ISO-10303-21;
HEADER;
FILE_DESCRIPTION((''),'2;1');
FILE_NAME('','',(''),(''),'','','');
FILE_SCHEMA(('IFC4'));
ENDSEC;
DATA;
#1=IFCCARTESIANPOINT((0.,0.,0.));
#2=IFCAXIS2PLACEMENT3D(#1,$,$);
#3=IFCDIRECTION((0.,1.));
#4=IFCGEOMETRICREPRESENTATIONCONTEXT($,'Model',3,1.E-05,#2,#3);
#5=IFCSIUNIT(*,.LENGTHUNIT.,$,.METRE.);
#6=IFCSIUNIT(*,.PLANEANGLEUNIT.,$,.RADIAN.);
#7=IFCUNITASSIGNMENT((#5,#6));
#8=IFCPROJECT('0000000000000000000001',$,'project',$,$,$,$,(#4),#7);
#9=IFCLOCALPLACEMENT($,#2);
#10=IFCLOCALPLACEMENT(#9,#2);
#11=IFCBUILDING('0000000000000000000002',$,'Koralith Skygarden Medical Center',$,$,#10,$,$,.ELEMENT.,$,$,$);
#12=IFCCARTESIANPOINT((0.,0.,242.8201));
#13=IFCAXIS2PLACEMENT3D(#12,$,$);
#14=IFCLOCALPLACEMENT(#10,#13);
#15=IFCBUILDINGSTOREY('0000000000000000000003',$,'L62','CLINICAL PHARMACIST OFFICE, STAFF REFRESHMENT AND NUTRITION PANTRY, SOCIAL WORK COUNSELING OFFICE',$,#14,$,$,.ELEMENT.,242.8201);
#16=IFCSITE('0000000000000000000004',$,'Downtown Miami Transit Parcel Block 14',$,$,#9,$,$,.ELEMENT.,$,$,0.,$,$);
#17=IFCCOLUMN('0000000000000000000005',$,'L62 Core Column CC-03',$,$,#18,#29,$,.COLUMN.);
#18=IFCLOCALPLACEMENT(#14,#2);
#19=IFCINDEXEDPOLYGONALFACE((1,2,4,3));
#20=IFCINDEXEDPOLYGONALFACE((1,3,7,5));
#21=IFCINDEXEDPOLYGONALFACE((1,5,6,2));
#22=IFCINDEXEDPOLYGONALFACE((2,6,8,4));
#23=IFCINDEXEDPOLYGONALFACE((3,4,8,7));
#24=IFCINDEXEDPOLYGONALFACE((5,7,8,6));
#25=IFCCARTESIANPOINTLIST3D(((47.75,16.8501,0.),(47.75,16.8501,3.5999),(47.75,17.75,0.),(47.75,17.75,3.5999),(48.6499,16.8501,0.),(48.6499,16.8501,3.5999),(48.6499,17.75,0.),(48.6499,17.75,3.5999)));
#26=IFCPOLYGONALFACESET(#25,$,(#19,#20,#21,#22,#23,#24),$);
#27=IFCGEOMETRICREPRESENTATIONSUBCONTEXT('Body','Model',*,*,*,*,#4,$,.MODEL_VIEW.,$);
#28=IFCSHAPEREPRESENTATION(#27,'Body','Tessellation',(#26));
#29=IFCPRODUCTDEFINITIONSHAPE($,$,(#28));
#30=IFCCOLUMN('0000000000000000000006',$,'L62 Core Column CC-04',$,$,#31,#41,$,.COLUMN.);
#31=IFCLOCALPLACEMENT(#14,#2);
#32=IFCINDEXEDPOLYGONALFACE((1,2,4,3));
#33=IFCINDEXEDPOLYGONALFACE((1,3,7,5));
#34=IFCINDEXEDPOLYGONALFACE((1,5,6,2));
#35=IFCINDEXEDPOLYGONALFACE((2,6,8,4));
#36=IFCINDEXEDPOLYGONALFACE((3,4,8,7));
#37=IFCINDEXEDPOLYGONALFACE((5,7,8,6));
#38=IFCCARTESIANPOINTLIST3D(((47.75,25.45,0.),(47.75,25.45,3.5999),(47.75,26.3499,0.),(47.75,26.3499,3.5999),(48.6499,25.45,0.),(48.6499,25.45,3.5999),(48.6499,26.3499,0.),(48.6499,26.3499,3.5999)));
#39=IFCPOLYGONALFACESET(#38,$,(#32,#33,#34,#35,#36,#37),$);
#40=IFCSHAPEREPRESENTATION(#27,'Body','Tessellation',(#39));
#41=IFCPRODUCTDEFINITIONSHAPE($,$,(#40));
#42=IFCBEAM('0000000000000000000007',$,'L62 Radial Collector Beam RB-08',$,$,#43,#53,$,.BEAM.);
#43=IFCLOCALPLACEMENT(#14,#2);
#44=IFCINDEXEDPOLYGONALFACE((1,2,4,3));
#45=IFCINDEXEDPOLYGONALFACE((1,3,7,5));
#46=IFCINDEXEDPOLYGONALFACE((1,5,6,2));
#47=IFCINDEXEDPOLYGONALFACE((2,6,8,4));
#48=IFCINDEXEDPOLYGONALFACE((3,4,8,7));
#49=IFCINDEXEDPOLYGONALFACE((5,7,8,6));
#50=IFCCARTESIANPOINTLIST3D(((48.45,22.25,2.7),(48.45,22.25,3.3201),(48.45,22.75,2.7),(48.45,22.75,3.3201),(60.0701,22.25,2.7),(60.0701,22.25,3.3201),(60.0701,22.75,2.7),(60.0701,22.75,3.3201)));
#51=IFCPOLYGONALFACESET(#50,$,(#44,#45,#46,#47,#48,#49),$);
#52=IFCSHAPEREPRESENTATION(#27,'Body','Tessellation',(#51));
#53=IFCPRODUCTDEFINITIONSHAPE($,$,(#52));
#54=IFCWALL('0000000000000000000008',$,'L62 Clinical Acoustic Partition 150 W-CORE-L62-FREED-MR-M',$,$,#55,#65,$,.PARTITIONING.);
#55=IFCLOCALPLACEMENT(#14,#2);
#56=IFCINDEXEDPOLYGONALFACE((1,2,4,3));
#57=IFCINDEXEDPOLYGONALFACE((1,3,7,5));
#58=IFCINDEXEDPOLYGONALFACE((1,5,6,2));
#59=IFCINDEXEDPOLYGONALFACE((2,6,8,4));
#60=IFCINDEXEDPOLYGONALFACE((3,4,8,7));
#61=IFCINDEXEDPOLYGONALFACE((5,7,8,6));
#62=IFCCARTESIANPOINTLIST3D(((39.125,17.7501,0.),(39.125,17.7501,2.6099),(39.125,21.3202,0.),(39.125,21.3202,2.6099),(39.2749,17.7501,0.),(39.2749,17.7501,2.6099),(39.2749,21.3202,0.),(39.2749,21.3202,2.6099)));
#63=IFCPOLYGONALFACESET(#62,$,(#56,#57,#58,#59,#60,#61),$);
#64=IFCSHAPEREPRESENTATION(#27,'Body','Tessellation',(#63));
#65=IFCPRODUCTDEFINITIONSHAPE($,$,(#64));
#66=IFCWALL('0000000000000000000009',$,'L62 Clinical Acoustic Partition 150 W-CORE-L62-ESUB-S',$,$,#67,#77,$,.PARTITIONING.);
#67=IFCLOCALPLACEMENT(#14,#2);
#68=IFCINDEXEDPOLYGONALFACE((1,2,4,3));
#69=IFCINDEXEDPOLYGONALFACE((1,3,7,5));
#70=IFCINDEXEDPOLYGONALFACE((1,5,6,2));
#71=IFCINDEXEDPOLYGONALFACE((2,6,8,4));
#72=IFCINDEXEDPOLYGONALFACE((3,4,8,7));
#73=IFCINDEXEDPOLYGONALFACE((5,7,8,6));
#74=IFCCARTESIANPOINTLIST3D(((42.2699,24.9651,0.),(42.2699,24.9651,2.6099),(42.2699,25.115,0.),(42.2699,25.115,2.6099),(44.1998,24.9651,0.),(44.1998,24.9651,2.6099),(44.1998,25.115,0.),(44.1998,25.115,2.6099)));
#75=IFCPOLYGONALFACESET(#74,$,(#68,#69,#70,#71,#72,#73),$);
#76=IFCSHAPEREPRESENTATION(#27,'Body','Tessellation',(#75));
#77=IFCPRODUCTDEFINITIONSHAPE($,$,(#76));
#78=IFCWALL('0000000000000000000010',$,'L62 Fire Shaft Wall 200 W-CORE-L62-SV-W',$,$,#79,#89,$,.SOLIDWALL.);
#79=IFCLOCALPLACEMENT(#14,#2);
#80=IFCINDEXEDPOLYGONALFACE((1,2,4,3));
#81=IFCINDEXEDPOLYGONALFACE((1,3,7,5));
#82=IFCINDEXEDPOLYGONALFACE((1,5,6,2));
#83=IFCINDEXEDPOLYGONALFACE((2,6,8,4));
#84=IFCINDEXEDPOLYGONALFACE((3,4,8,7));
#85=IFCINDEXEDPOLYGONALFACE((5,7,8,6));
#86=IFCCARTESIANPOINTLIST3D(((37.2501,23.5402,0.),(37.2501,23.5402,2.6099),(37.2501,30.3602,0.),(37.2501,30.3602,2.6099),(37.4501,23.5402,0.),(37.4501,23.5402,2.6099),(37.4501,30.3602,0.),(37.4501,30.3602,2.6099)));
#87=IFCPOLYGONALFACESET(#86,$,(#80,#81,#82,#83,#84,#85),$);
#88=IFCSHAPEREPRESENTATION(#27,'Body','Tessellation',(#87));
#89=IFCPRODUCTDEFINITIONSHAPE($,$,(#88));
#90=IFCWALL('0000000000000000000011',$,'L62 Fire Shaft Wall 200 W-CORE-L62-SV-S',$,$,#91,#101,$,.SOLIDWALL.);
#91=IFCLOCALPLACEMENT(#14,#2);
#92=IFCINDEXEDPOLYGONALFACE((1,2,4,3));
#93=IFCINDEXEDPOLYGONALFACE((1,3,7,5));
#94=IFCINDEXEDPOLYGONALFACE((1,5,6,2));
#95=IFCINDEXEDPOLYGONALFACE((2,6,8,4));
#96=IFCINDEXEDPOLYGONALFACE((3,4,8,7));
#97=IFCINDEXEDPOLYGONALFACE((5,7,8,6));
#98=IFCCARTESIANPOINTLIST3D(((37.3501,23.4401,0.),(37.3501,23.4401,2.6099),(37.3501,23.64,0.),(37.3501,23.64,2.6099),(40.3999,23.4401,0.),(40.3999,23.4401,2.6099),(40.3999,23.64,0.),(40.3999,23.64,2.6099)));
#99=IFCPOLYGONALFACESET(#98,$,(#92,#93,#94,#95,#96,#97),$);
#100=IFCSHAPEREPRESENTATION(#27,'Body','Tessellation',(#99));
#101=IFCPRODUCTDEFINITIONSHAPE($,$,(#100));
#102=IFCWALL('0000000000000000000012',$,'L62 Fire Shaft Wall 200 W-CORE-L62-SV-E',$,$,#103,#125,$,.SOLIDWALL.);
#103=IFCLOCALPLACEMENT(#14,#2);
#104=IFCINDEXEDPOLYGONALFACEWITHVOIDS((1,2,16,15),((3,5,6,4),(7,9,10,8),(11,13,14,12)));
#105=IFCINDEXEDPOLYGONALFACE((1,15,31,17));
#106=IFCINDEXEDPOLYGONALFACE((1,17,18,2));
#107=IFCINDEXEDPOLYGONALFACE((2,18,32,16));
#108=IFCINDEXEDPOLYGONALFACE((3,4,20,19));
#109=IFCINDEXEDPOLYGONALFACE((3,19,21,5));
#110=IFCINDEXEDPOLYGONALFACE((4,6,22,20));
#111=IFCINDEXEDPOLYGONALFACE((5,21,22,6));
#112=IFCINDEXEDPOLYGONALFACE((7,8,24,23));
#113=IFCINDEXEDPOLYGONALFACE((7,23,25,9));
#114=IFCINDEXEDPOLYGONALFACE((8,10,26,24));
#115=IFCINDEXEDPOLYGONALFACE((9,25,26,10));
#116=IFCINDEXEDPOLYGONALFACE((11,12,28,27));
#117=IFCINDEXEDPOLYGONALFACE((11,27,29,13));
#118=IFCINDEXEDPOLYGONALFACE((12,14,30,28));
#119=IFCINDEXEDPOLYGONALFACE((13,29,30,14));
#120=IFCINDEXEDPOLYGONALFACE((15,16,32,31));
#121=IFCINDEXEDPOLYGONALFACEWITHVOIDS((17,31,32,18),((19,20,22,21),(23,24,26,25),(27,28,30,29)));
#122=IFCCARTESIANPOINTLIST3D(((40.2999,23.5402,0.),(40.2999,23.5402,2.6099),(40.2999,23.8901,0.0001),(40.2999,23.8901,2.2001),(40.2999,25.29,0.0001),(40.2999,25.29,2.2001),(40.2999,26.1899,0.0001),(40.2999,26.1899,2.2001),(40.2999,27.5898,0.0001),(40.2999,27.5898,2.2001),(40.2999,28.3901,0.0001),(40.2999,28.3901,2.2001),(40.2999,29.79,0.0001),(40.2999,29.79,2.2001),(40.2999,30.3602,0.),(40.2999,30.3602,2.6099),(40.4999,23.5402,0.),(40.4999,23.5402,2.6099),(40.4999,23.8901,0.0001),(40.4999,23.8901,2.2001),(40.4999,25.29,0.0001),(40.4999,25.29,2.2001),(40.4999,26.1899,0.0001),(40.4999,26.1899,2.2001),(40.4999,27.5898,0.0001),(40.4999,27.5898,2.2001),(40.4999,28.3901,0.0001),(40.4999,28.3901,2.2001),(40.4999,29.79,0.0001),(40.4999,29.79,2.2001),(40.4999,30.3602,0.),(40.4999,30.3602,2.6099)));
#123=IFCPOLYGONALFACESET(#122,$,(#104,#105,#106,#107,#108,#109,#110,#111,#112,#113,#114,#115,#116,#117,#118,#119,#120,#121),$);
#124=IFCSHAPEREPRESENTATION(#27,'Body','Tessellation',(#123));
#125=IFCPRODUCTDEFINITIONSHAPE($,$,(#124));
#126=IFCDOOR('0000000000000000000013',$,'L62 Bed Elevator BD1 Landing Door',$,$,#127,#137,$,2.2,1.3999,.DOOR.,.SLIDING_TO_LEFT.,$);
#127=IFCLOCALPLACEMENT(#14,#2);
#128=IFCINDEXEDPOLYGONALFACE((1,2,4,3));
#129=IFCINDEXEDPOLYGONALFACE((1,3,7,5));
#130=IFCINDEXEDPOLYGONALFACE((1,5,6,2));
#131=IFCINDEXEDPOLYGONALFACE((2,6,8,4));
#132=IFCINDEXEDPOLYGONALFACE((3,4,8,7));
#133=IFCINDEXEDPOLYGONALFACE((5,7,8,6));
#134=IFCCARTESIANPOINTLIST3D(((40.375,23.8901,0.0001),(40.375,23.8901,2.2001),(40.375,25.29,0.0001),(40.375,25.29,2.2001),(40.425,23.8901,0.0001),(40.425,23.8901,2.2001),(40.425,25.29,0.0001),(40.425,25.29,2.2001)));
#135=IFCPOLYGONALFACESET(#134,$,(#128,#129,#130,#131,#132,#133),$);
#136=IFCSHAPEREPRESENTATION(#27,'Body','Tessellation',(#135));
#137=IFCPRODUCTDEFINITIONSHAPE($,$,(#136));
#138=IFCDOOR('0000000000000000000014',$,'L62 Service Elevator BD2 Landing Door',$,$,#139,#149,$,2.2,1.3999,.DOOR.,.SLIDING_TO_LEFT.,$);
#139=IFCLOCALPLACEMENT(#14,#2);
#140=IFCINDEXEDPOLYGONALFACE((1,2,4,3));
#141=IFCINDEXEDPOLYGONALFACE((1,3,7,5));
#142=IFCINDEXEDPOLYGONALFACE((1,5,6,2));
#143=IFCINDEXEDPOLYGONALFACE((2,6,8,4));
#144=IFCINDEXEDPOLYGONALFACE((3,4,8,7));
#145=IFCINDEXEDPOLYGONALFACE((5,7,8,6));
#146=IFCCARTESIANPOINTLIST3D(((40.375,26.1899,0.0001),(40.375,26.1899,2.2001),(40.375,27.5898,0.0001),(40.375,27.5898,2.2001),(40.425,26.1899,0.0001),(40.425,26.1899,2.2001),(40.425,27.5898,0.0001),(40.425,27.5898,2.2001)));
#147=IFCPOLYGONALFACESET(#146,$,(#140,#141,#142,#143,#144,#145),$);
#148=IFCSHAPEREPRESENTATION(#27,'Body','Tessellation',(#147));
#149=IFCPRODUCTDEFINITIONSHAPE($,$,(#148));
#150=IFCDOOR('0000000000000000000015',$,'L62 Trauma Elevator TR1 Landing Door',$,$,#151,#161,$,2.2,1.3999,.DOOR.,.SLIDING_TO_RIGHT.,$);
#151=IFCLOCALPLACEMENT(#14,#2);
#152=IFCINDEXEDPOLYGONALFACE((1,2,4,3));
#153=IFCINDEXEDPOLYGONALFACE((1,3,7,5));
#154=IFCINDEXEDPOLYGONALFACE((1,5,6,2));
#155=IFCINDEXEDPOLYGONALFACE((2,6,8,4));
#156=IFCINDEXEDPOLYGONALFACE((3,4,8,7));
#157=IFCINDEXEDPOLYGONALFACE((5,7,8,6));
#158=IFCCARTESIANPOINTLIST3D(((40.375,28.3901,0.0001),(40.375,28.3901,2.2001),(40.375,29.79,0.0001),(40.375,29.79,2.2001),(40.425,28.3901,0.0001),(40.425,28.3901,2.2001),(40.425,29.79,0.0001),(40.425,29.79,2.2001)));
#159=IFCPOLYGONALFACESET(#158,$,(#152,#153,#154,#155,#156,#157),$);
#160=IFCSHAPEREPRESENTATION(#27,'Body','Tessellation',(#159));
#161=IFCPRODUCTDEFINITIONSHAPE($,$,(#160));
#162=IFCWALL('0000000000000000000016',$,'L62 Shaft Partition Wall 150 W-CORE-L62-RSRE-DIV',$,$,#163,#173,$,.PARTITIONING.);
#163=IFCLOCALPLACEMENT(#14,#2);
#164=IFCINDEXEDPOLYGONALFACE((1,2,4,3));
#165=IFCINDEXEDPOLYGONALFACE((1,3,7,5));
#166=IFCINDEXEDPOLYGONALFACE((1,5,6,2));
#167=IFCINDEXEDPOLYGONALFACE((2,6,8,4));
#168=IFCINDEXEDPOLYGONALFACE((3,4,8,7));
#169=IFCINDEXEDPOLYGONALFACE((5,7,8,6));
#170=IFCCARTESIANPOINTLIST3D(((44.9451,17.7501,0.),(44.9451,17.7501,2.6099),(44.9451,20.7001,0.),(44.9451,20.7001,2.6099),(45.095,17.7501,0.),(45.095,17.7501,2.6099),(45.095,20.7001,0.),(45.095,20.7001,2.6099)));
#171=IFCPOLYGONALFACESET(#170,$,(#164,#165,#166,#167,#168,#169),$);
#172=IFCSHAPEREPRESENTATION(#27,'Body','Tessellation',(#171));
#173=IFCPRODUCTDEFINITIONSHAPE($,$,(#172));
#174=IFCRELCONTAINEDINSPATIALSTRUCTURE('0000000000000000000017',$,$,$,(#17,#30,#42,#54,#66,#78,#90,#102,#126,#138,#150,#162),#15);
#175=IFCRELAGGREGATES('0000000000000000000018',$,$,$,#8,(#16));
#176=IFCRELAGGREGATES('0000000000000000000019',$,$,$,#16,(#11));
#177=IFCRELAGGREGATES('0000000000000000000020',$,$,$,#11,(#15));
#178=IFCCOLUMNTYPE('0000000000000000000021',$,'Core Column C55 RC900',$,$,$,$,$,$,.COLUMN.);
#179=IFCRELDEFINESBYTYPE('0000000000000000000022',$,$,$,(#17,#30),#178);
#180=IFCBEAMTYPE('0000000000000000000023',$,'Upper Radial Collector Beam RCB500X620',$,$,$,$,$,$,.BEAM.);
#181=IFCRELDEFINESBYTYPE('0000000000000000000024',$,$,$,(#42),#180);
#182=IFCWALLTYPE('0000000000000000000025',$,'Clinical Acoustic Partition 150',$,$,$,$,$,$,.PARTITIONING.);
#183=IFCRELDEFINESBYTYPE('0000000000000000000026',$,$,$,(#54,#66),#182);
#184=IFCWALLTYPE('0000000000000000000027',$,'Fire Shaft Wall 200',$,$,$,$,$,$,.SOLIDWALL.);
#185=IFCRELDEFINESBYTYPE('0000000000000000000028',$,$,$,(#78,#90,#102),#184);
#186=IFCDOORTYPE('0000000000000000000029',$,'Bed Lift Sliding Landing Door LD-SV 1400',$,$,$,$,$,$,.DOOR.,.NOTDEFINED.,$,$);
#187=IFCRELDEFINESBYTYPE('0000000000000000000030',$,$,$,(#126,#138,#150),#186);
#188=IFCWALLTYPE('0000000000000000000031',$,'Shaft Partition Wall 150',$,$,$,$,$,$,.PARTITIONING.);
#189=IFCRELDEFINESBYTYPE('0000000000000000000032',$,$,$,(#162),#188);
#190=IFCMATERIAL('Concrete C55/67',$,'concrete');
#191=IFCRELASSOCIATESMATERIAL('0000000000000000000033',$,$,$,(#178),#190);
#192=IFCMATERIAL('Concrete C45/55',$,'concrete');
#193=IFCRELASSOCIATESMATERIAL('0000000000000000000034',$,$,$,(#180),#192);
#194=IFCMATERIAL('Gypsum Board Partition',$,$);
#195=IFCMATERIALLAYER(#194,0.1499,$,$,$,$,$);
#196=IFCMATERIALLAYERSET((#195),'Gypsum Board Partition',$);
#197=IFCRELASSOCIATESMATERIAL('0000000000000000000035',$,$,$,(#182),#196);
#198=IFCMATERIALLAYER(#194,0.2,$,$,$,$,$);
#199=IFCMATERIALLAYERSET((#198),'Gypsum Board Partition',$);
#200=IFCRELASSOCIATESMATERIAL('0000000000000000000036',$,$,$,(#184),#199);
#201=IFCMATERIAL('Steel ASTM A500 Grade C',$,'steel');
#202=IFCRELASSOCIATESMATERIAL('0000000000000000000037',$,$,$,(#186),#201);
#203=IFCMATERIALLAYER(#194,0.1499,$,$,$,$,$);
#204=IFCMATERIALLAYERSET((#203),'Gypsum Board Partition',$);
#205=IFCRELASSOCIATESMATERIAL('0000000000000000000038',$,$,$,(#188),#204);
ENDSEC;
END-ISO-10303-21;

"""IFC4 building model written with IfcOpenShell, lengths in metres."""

from ifc_helpers import new_model, si_unit, direction, frame, frame_2d, origin, origin_2d, place, context, subcontext, project, spatial, rectangle, extrude, material, layer, layer_set, material_profile, profile_set, type_object, element, fill, save


model = new_model("IFC4")

# Units and contexts
model_context = context("Model", 3, precision=1e-05, world=origin(), true_north=direction((0.0, 1.0)))
body_context = subcontext(model_context, "Body", "Model", "MODEL_VIEW")
ifc_project = project(units=[si_unit("LENGTHUNIT", "METRE"), si_unit("PLANEANGLEUNIT", "RADIAN")], contexts=[model_context])

# Site, building, storey
site_placement = place(None, origin())
site = spatial("IfcSite", under=ifc_project, at=site_placement, Name="Downtown Miami Transit Parcel Block 14", CompositionType="ELEMENT", RefElevation=0.0)
building_placement = place(site_placement, origin())
building = spatial("IfcBuilding", under=site, at=building_placement, Name="Koralith Skygarden Medical Center", CompositionType="ELEMENT")
storey_placement = place(building_placement, frame((0.0, 0.0, 242.8201)))
storey = spatial("IfcBuildingStorey", under=building, at=storey_placement, Name="L62", Description="CLINICAL PHARMACIST OFFICE, STAFF REFRESHMENT AND NUTRITION PANTRY, SOCIAL WORK COUNSELING OFFICE", CompositionType="ELEMENT", Elevation=242.8201)

# Columns
ifc_material_1 = material(Name="Concrete C55/67", Category="concrete")
ifc_material_profile_1 = material_profile(ifc_material_1, rectangle(XDim=0.8999, YDim=0.8999, at=origin_2d()), Name="RC900X900")
ifc_profile_set_1 = profile_set([ifc_material_profile_1], Name="Concrete C55/67")
column_type = type_object("IfcColumnType", Name="Core Column C55 RC900", PredefinedType="COLUMN", material=ifc_profile_set_1)
for number, where, z_axis, x_axis, name in (
    (1, (48.2, 17.3, 0.0), (0.0, 0.0, 1.0), (1.0, 0.0, 0.0), "L62 Core Column CC-03"),
    (2, (48.2, 25.8999, 0.0), (0.0, 0.0, 1.0), (1.0, 0.0, 0.0), "L62 Core Column CC-04"),
):
    element("IfcColumn", number, at=place(storey_placement, frame(where, z_axis=z_axis, x_axis=x_axis)), inside=storey, type_object=column_type, Name=name, PredefinedType="COLUMN", context=body_context, shape_type="SweptSolid", body=[
        extrude(rectangle(XDim=0.8999, YDim=0.8999, at=origin_2d()), origin(), (0.0, 0.0, 1.0), 3.5999),
    ])

# Beam
ifc_material_2 = material(Name="Concrete C45/55", Category="concrete")
ifc_material_profile_2 = material_profile(ifc_material_2, rectangle(XDim=0.5, YDim=0.6201, at=origin_2d()), Name="RCB500X620")
ifc_profile_set_2 = profile_set([ifc_material_profile_2], Name="Concrete C45/55")
beam_type = type_object("IfcBeamType", Name="Upper Radial Collector Beam RCB500X620", PredefinedType="BEAM", material=ifc_profile_set_2)
beam_placement = place(storey_placement, frame((48.45, 22.5, 3.01), z_axis=(1.0, 0.0, 0.0), x_axis=(0.0, 1.0, 0.0)))
element("IfcBeam", 3, at=beam_placement, inside=storey, type_object=beam_type, Name="L62 Radial Collector Beam RB-08", PredefinedType="BEAM", context=body_context, shape_type="SweptSolid", body=[
    extrude(rectangle(XDim=0.5, YDim=0.6201, at=origin_2d()), origin(), (0.0, 0.0, 1.0), 11.6201),
])

# Shared definitions
ifc_material_3 = material(Name="Gypsum Board Partition")
ifc_layer_1 = layer(ifc_material_3, 0.1499)
ifc_layer_set_1 = layer_set([ifc_layer_1], Name="Gypsum Board Partition")
wall_type_1 = type_object("IfcWallType", Name="Clinical Acoustic Partition 150", PredefinedType="PARTITIONING", material=ifc_layer_set_1)

# Wall
wall_1_placement = place(storey_placement, frame((39.2, 17.75, 0.0), z_axis=(0.0, 0.0, 1.0), x_axis=(0.0, 1.0, 0.0)))
element("IfcWall", 4, at=wall_1_placement, inside=storey, type_object=wall_type_1, Name="L62 Clinical Acoustic Partition 150 W-CORE-L62-FREED-MR-M", PredefinedType="PARTITIONING", context=body_context, shape_type="SweptSolid", body=[
    extrude(rectangle(XDim=3.5701, YDim=0.1499, at=frame_2d((1.7852, 0.0))), origin(), (0.0, 0.0, 1.0), 2.6099),
])

# Wall
wall_2_placement = place(storey_placement, frame((42.27, 25.04, 0.0), z_axis=(0.0, 0.0, 1.0), x_axis=(1.0, 0.0, 0.0)))
element("IfcWall", 5, at=wall_2_placement, inside=storey, type_object=wall_type_1, Name="L62 Clinical Acoustic Partition 150 W-CORE-L62-ESUB-S", PredefinedType="PARTITIONING", context=body_context, shape_type="SweptSolid", body=[
    extrude(rectangle(XDim=1.9299, YDim=0.1499, at=frame_2d((0.9648, 0.0))), origin(), (0.0, 0.0, 1.0), 2.6099),
])

# Shared definitions
ifc_layer_2 = layer(ifc_material_3, 0.2)
ifc_layer_set_2 = layer_set([ifc_layer_2], Name="Gypsum Board Partition")
wall_type_2 = type_object("IfcWallType", Name="Fire Shaft Wall 200", PredefinedType="SOLIDWALL", material=ifc_layer_set_2)
ifc_material_4 = material(Name="Steel ASTM A500 Grade C", Category="steel")

# Walls
wall_3_placement = place(storey_placement, frame((37.3501, 23.54, 0.0), z_axis=(0.0, 0.0, 1.0), x_axis=(0.0, 1.0, 0.0)))
element("IfcWall", 6, at=wall_3_placement, inside=storey, type_object=wall_type_2, Name="L62 Fire Shaft Wall 200 W-CORE-L62-SV-W", PredefinedType="SOLIDWALL", context=body_context, shape_type="SweptSolid", body=[
    extrude(rectangle(XDim=6.8201, YDim=0.2, at=frame_2d((3.4102, 0.0))), origin(), (0.0, 0.0, 1.0), 2.6099),
])
wall_4_placement = place(storey_placement, frame((37.3501, 23.54, 0.0), z_axis=(0.0, 0.0, 1.0), x_axis=(1.0, 0.0, 0.0)))
element("IfcWall", 7, at=wall_4_placement, inside=storey, type_object=wall_type_2, Name="L62 Fire Shaft Wall 200 W-CORE-L62-SV-S", PredefinedType="SOLIDWALL", context=body_context, shape_type="SweptSolid", body=[
    extrude(rectangle(XDim=3.0498, YDim=0.2, at=frame_2d((1.5249, 0.0))), origin(), (0.0, 0.0, 1.0), 2.6099),
])

# Wall, openings, doors
wall_5_placement = place(storey_placement, frame((40.3999, 23.54, 0.0), z_axis=(0.0, 0.0, 1.0), x_axis=(0.0, 1.0, 0.0)))
wall_5 = element("IfcWall", 8, at=wall_5_placement, inside=storey, type_object=wall_type_2, Name="L62 Fire Shaft Wall 200 W-CORE-L62-SV-E", PredefinedType="SOLIDWALL", context=body_context, shape_type="SweptSolid", body=[
    extrude(rectangle(XDim=6.8201, YDim=0.2, at=frame_2d((3.4102, 0.0))), origin(), (0.0, 0.0, 1.0), 2.6099),
])
opening_1_placement = place(wall_5_placement, frame((0.3501, 0.0, 0.0)))
opening_1 = element("IfcOpeningElement", 9, at=opening_1_placement, cuts=wall_5, PredefinedType="OPENING", context=body_context, shape_type="SweptSolid", body=[
    extrude(rectangle(XDim=1.3999, YDim=2.2, at=frame_2d((0.7, 1.1001))), frame((0.0, 0.1099, 0.0), z_axis=(0.0, -1.0, 0.0), x_axis=(1.0, 0.0, 0.0)), (0.0, 0.0, 1.0), 0.22),
])
opening_2_placement = place(wall_5_placement, frame((2.6499, 0.0, 0.0)))
opening_2 = element("IfcOpeningElement", 10, at=opening_2_placement, cuts=wall_5, PredefinedType="OPENING", context=body_context, shape_type="SweptSolid", body=[
    extrude(rectangle(XDim=1.3999, YDim=2.2, at=frame_2d((0.7, 1.1001))), frame((0.0, 0.1099, 0.0), z_axis=(0.0, -1.0, 0.0), x_axis=(1.0, 0.0, 0.0)), (0.0, 0.0, 1.0), 0.22),
])
opening_3_placement = place(wall_5_placement, frame((4.8501, 0.0, 0.0)))
opening_3 = element("IfcOpeningElement", 11, at=opening_3_placement, cuts=wall_5, PredefinedType="OPENING", context=body_context, shape_type="SweptSolid", body=[
    extrude(rectangle(XDim=1.3999, YDim=2.2, at=frame_2d((0.7, 1.1001))), frame((0.0, 0.1099, 0.0), z_axis=(0.0, -1.0, 0.0), x_axis=(1.0, 0.0, 0.0)), (0.0, 0.0, 1.0), 0.22),
])
door_type_1 = type_object("IfcDoorType", Name="Bed Lift Sliding Landing Door LD-SV 1400", OperationType="NOTDEFINED", PredefinedType="DOOR", material=ifc_material_4)
door_1_placement = place(opening_1_placement, origin())
door_1 = element("IfcDoor", 12, at=door_1_placement, inside=storey, type_object=door_type_1, Name="L62 Bed Elevator BD1 Landing Door", OperationType="SLIDING_TO_LEFT", OverallHeight=2.2, OverallWidth=1.3999, PredefinedType="DOOR", context=body_context, shape_type="SweptSolid", body=[
    extrude(rectangle(XDim=1.3999, YDim=2.2, at=frame_2d((0.7, 1.1001))), frame((0.0, 0.0249, 0.0), z_axis=(0.0, -1.0, 0.0), x_axis=(1.0, 0.0, 0.0)), (0.0, 0.0, 1.0), 0.05),
])
fill(opening_1, door_1)
door_2_placement = place(opening_2_placement, origin())
door_2 = element("IfcDoor", 13, at=door_2_placement, inside=storey, type_object=door_type_1, Name="L62 Service Elevator BD2 Landing Door", OperationType="SLIDING_TO_LEFT", OverallHeight=2.2, OverallWidth=1.3999, PredefinedType="DOOR", context=body_context, shape_type="SweptSolid", body=[
    extrude(rectangle(XDim=1.3999, YDim=2.2, at=frame_2d((0.7, 1.1001))), frame((0.0, 0.0249, 0.0), z_axis=(0.0, -1.0, 0.0), x_axis=(1.0, 0.0, 0.0)), (0.0, 0.0, 1.0), 0.05),
])
fill(opening_2, door_2)
door_3_placement = place(opening_3_placement, origin())
door_3 = element("IfcDoor", 14, at=door_3_placement, inside=storey, type_object=door_type_1, Name="L62 Trauma Elevator TR1 Landing Door", OperationType="SLIDING_TO_RIGHT", OverallHeight=2.2, OverallWidth=1.3999, PredefinedType="DOOR", context=body_context, shape_type="SweptSolid", body=[
    extrude(rectangle(XDim=1.3999, YDim=2.2, at=frame_2d((0.7, 1.1001))), frame((0.0, 0.0249, 0.0), z_axis=(0.0, -1.0, 0.0), x_axis=(1.0, 0.0, 0.0)), (0.0, 0.0, 1.0), 0.05),
])
fill(opening_3, door_3)

# Wall
ifc_layer_3 = layer(ifc_material_3, 0.1499)
ifc_layer_set_3 = layer_set([ifc_layer_3], Name="Gypsum Board Partition")
wall_type_3 = type_object("IfcWallType", Name="Shaft Partition Wall 150", PredefinedType="PARTITIONING", material=ifc_layer_set_3)
wall_6_placement = place(storey_placement, frame((45.02, 17.75, 0.0), z_axis=(0.0, 0.0, 1.0), x_axis=(0.0, 1.0, 0.0)))
element("IfcWall", 15, at=wall_6_placement, inside=storey, type_object=wall_type_3, Name="L62 Shaft Partition Wall 150 W-CORE-L62-RSRE-DIV", PredefinedType="PARTITIONING", context=body_context, shape_type="SweptSolid", body=[
    extrude(rectangle(XDim=2.95, YDim=0.1499, at=frame_2d((1.4751, 0.0))), origin(), (0.0, 0.0, 1.0), 2.6099),
])

save(model, "model.ifc")
